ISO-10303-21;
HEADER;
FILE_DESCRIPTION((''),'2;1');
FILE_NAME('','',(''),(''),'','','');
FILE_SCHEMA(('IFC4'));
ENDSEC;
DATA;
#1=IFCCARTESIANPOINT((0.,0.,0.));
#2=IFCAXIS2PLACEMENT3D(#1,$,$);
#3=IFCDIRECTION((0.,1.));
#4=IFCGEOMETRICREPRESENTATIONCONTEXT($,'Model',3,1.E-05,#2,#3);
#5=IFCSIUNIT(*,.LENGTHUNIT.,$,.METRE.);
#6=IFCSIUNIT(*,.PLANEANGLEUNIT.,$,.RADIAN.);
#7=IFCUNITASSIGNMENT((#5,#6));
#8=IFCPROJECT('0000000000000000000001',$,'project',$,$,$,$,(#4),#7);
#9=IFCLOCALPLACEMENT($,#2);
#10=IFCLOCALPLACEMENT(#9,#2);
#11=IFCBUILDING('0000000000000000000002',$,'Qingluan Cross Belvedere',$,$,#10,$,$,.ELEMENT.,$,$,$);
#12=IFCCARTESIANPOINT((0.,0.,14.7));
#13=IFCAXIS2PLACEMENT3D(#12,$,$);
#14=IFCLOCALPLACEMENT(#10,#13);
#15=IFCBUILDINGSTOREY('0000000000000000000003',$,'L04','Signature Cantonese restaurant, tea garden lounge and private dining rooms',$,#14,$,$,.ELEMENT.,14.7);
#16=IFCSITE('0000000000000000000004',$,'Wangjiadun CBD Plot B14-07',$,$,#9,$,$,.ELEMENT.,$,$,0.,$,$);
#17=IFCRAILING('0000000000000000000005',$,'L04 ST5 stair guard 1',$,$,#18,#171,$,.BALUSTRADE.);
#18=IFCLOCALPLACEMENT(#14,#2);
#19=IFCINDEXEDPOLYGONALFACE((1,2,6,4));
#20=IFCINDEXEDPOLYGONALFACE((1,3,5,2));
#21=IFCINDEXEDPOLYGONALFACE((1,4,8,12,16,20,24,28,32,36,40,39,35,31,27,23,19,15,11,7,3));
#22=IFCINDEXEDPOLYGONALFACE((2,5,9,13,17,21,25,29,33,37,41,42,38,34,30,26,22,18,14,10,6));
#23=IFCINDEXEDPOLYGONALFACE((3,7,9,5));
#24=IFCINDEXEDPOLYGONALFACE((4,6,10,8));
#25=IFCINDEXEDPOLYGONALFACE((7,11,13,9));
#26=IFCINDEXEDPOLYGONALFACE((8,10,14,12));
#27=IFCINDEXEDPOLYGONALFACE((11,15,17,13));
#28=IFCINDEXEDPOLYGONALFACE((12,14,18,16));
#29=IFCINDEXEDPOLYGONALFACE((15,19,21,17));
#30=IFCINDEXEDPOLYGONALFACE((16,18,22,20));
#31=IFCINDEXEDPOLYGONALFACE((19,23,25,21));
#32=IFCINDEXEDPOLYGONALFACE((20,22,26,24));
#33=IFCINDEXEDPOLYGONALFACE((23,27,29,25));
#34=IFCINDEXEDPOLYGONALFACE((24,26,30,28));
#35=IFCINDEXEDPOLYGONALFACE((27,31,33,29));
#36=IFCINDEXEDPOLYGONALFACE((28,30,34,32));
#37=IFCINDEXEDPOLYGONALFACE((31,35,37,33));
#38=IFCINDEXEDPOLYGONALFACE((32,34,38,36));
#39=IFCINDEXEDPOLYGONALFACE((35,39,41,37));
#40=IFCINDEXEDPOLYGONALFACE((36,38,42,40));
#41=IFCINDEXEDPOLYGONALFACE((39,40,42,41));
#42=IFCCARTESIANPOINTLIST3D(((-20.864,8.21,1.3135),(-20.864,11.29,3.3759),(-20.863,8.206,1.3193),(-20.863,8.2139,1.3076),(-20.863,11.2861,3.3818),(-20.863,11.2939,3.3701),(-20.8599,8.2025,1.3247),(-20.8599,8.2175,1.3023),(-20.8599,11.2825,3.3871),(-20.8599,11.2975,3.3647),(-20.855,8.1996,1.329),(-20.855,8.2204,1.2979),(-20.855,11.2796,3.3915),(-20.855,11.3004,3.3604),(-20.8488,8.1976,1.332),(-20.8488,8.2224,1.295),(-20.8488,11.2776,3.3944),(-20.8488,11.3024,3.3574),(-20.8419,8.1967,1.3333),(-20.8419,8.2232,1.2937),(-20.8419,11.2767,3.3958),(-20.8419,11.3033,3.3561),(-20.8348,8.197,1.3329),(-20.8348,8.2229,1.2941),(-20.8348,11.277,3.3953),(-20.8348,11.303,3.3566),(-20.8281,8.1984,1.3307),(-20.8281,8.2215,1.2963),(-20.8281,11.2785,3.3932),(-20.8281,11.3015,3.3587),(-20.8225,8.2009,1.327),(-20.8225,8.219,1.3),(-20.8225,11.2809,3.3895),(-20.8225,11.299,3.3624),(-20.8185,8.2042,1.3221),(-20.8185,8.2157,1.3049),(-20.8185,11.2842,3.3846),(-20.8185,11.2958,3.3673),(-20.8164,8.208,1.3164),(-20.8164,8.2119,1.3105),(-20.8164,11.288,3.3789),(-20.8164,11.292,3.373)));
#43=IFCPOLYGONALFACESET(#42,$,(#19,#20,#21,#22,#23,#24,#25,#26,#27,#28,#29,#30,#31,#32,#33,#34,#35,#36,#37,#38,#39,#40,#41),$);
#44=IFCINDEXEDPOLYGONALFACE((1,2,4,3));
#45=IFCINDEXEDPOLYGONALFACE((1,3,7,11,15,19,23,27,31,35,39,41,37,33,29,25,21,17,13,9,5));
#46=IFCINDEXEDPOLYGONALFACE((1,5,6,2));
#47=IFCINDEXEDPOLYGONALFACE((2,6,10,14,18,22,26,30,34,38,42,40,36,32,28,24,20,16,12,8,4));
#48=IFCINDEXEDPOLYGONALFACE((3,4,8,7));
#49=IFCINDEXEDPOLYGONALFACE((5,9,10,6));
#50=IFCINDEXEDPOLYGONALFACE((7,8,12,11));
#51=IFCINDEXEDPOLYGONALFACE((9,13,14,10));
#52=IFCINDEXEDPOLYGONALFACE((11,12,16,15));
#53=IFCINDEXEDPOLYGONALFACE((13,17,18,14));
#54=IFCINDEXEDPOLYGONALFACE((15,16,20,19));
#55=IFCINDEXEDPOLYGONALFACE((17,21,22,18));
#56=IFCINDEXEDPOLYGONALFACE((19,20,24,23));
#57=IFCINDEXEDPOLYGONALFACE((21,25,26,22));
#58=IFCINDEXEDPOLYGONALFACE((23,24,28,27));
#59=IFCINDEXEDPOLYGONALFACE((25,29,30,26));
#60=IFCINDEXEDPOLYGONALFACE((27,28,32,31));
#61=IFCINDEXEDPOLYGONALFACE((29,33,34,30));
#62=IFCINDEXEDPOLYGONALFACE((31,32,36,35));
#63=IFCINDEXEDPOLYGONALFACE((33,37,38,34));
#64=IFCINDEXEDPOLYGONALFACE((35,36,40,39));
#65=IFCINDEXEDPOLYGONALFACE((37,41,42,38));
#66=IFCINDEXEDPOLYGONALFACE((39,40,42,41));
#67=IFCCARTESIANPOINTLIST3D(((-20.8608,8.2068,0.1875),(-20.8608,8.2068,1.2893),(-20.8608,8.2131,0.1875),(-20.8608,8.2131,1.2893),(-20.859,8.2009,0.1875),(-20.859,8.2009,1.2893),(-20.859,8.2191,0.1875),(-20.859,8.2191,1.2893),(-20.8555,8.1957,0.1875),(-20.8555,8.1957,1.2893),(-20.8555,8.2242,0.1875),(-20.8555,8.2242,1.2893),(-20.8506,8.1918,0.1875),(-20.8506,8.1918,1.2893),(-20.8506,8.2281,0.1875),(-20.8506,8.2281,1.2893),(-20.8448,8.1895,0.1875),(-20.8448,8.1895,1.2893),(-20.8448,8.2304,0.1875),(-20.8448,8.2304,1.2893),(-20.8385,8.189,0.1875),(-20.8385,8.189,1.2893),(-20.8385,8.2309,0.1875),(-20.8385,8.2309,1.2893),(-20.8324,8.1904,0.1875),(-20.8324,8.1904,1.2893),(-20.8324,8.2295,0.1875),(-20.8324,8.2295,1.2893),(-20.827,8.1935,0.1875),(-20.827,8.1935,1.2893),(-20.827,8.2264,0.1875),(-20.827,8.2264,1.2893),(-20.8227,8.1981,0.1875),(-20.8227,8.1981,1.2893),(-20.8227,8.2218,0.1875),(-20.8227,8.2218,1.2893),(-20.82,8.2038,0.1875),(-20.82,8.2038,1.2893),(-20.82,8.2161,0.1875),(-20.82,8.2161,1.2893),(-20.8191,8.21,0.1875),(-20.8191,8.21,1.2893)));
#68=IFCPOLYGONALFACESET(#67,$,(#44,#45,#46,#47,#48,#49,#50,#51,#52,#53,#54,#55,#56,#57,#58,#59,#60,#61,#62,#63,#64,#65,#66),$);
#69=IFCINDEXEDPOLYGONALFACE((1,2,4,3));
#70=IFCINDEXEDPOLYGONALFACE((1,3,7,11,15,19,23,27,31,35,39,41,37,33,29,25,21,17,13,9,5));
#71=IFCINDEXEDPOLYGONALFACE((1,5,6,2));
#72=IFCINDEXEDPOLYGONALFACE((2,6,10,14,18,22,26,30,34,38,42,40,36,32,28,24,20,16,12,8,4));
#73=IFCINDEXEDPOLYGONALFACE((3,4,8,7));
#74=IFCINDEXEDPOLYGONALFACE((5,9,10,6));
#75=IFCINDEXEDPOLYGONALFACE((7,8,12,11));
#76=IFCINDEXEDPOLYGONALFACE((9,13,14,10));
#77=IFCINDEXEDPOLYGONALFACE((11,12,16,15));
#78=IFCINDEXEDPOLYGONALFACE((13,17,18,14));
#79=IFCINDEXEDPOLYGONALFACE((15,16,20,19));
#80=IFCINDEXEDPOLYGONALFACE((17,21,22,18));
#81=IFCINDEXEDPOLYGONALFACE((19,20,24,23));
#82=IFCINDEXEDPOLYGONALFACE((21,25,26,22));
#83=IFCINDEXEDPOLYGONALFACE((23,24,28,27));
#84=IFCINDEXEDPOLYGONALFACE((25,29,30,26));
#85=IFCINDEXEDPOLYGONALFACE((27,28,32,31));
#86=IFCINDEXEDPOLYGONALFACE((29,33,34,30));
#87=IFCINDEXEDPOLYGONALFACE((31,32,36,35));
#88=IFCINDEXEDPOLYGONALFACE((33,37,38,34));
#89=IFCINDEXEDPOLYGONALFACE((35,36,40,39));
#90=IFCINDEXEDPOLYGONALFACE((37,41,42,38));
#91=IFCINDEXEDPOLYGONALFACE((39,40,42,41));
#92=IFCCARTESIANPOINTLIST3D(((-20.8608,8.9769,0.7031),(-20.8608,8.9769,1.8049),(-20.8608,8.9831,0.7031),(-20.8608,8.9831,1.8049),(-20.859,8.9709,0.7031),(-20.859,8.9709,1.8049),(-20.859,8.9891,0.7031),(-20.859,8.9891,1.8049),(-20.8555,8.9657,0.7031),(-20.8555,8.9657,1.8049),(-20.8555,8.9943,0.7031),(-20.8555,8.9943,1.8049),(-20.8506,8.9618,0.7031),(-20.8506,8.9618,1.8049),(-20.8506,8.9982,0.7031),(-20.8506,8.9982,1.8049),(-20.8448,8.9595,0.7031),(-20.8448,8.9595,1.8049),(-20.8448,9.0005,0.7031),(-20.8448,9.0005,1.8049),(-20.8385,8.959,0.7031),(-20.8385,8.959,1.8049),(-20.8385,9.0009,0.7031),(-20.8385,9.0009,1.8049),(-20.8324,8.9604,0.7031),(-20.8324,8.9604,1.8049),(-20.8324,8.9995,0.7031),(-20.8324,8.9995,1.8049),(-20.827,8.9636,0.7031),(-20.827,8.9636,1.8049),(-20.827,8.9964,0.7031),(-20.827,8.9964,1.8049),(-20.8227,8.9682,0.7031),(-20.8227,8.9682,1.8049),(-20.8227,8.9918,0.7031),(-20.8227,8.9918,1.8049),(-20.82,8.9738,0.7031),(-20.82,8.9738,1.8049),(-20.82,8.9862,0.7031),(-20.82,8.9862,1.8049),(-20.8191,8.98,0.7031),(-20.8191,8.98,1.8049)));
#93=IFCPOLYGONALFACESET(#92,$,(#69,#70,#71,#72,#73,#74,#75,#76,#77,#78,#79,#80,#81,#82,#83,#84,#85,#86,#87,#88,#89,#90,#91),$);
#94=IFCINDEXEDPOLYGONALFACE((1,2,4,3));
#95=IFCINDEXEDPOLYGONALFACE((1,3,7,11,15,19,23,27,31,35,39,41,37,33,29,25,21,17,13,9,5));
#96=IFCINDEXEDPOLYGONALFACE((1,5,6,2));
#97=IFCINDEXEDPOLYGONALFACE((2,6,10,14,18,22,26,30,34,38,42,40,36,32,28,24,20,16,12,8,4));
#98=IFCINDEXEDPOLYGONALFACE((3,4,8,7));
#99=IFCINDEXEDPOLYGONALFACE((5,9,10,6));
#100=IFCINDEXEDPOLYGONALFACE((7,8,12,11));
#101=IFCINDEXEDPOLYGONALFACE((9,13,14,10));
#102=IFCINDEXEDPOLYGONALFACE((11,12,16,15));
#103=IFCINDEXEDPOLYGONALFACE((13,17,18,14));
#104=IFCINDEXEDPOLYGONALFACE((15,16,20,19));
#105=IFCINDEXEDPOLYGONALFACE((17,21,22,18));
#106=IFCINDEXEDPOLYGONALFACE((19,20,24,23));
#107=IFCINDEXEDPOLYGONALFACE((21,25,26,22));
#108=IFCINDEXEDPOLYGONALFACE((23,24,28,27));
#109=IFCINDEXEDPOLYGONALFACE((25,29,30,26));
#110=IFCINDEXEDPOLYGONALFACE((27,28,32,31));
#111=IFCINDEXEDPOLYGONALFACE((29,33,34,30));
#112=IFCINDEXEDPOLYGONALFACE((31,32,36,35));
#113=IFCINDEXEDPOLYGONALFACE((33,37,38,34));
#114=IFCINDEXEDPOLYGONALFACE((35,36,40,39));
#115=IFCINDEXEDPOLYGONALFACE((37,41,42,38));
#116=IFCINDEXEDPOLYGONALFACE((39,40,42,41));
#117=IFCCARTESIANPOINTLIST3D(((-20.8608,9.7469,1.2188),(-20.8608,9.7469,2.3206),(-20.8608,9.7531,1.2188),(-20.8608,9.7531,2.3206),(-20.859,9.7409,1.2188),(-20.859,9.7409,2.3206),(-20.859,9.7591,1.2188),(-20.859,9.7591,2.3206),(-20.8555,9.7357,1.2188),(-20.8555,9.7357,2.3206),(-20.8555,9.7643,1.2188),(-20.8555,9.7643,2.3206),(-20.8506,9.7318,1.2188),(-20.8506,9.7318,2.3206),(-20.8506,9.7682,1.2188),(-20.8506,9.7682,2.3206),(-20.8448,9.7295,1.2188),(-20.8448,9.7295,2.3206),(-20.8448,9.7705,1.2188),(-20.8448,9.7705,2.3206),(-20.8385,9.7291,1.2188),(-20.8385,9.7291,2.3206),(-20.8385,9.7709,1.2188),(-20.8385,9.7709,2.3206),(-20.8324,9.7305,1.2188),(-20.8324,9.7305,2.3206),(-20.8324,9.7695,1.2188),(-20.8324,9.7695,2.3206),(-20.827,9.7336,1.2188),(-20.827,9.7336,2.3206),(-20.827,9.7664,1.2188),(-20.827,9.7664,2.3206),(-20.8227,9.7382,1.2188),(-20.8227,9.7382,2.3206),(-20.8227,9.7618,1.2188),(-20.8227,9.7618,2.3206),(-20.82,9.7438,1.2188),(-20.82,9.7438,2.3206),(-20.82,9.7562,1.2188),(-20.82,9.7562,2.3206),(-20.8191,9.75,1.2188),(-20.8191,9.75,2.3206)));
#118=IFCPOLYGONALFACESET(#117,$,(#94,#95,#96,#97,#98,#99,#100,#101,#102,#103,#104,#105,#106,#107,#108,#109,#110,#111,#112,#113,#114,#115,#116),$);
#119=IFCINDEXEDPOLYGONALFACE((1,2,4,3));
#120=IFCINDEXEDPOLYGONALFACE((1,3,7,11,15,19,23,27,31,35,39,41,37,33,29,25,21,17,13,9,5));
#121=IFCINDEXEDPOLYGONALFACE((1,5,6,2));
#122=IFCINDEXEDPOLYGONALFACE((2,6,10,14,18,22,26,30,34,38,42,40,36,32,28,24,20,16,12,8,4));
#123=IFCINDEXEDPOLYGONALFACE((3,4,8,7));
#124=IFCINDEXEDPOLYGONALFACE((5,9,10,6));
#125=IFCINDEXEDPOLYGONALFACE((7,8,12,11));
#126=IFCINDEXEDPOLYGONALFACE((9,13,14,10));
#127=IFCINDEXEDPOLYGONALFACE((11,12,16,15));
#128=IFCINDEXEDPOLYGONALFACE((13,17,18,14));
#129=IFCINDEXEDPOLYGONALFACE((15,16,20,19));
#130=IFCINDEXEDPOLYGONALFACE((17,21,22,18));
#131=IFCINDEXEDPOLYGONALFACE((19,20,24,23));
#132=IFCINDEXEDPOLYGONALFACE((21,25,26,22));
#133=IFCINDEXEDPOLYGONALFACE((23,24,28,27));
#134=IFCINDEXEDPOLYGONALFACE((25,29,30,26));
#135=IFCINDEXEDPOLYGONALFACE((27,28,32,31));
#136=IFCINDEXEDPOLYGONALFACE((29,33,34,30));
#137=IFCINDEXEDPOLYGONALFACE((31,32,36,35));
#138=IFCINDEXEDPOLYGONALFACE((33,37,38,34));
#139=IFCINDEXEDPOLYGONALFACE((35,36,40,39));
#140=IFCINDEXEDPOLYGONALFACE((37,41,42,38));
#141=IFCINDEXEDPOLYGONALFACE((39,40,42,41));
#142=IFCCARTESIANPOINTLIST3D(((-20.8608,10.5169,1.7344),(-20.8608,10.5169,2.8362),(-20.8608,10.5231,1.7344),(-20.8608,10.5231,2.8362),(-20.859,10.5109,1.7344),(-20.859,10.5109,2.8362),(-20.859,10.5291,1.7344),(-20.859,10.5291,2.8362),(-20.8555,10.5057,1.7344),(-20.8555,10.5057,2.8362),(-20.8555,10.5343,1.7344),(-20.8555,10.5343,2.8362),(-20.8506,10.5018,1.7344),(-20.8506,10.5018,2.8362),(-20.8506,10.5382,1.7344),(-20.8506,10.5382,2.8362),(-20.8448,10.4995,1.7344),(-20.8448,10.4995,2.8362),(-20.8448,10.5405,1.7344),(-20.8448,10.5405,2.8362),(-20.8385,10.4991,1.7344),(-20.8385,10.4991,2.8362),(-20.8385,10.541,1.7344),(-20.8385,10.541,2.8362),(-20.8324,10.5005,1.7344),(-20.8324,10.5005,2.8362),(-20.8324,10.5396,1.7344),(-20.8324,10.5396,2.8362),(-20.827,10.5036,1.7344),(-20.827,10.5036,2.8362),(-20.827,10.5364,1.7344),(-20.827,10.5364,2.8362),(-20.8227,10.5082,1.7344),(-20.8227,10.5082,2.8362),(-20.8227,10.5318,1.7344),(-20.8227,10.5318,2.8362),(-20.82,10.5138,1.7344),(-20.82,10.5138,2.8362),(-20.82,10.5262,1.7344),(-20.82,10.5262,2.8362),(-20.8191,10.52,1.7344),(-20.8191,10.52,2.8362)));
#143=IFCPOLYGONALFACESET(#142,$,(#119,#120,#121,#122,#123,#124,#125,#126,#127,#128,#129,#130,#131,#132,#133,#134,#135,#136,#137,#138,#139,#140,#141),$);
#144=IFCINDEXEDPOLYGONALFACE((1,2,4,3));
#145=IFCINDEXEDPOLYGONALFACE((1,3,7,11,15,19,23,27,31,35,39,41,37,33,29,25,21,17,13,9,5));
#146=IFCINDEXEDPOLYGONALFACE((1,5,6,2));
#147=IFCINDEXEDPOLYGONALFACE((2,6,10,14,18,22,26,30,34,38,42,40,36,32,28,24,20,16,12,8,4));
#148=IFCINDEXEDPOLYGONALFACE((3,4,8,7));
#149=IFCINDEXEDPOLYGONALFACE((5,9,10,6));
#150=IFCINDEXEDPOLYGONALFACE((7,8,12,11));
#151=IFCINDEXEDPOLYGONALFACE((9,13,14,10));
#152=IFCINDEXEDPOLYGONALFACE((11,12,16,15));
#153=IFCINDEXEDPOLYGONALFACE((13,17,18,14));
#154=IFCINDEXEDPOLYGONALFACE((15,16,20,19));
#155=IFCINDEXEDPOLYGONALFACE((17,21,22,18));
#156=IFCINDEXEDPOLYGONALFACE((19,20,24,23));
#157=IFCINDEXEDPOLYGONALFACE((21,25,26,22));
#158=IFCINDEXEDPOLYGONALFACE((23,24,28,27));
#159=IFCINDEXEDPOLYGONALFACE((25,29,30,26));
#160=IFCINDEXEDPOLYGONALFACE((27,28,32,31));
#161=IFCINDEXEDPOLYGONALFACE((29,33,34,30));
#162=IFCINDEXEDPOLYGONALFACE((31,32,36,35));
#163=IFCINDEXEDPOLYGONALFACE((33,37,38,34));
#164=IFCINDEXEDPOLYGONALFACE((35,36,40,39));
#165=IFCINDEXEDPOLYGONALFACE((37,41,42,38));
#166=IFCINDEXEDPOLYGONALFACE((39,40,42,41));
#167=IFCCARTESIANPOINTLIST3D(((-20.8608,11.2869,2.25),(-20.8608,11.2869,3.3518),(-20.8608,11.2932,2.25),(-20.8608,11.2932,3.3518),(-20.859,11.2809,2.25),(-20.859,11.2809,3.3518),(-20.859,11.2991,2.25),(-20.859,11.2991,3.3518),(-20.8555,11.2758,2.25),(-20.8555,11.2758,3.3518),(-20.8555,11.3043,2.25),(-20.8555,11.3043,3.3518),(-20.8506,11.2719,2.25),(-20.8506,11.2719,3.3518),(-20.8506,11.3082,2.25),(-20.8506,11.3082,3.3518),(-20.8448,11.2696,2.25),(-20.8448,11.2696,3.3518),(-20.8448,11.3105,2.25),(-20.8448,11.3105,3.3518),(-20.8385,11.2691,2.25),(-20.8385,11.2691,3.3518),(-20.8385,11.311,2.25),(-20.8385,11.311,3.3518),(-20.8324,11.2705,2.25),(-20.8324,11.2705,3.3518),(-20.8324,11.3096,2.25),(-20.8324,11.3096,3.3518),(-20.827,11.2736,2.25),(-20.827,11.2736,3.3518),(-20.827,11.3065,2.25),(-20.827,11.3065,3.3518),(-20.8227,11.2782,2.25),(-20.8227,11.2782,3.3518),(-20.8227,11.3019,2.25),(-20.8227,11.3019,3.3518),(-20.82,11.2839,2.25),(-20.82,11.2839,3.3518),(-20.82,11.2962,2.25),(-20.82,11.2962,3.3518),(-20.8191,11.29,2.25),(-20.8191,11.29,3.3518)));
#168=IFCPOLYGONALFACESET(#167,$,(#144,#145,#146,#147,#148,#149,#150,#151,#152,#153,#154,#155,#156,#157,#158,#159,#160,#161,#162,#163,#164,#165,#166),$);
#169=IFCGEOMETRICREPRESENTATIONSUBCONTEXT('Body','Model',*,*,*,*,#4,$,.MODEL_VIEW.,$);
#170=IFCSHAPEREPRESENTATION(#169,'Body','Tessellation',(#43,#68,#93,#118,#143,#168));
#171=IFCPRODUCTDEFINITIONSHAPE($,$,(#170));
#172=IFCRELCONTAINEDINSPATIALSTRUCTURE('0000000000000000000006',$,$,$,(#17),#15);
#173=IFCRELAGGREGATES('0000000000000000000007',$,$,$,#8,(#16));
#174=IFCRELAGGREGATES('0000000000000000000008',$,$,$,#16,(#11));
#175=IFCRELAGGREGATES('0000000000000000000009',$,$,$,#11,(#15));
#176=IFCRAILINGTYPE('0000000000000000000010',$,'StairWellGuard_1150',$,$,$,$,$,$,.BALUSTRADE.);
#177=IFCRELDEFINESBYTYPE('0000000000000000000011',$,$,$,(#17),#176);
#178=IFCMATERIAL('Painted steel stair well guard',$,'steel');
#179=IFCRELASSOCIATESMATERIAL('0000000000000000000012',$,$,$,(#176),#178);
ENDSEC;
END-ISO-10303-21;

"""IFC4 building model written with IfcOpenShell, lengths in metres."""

from ifc_helpers import new_model, si_unit, direction, frame, origin, origin_2d, place, context, subcontext, project, spatial, circle, extrude, material, type_object, element, save


model = new_model("IFC4")

# Units and contexts
model_context = context("Model", 3, precision=1e-05, world=origin(), true_north=direction((0.0, 1.0)))
body_context = subcontext(model_context, "Body", "Model", "MODEL_VIEW")
ifc_project = project(units=[si_unit("LENGTHUNIT", "METRE"), si_unit("PLANEANGLEUNIT", "RADIAN")], contexts=[model_context])

# Site, building, storey
site_placement = place(None, origin())
site = spatial("IfcSite", under=ifc_project, at=site_placement, Name="Wangjiadun CBD Plot B14-07", CompositionType="ELEMENT", RefElevation=0.0)
building_placement = place(site_placement, origin())
building = spatial("IfcBuilding", under=site, at=building_placement, Name="Qingluan Cross Belvedere", CompositionType="ELEMENT")
storey_placement = place(building_placement, frame((0.0, 0.0, 14.7)))
storey = spatial("IfcBuildingStorey", under=building, at=storey_placement, Name="L04", Description="Signature Cantonese restaurant, tea garden lounge and private dining rooms", CompositionType="ELEMENT", Elevation=14.7)

# Railing
ifc_material_1 = material(Name="Painted steel stair well guard", Category="steel")
railing_type_1 = type_object("IfcRailingType", Name="StairWellGuard_1150", PredefinedType="BALUSTRADE", material=ifc_material_1)
railing_1_placement = place(storey_placement, frame((-20.8401, 8.21, 0.1875)))
element("IfcRailing", 1, at=railing_1_placement, inside=storey, type_object=railing_type_1, Name="L04 ST5 stair guard 1", PredefinedType="BALUSTRADE", context=body_context, shape_type="SweptSolid", body=[
    extrude(circle(Radius=0.0239, at=origin_2d()), frame((0.0, 0.0, 1.126), z_axis=(0.0, 0.830914, 0.556401), x_axis=(-1.0, 0.0, 0.0)), (0.0, 0.0, 1.0), 3.7068),
    extrude(circle(Radius=0.021, at=origin_2d()), origin(), (0.0, 0.0, 1.0), 1.1018),
    extrude(circle(Radius=0.021, at=origin_2d()), frame((0.0, 0.77, 0.5156)), (0.0, 0.0, 1.0), 1.1018),
    extrude(circle(Radius=0.021, at=origin_2d()), frame((0.0, 1.54, 1.0312)), (0.0, 0.0, 1.0), 1.1018),
    extrude(circle(Radius=0.021, at=origin_2d()), frame((0.0, 2.3101, 1.5469)), (0.0, 0.0, 1.0), 1.1018),
    extrude(circle(Radius=0.021, at=origin_2d()), frame((0.0, 3.0801, 2.0625)), (0.0, 0.0, 1.0), 1.1018),
])

save(model, "model.ifc")
